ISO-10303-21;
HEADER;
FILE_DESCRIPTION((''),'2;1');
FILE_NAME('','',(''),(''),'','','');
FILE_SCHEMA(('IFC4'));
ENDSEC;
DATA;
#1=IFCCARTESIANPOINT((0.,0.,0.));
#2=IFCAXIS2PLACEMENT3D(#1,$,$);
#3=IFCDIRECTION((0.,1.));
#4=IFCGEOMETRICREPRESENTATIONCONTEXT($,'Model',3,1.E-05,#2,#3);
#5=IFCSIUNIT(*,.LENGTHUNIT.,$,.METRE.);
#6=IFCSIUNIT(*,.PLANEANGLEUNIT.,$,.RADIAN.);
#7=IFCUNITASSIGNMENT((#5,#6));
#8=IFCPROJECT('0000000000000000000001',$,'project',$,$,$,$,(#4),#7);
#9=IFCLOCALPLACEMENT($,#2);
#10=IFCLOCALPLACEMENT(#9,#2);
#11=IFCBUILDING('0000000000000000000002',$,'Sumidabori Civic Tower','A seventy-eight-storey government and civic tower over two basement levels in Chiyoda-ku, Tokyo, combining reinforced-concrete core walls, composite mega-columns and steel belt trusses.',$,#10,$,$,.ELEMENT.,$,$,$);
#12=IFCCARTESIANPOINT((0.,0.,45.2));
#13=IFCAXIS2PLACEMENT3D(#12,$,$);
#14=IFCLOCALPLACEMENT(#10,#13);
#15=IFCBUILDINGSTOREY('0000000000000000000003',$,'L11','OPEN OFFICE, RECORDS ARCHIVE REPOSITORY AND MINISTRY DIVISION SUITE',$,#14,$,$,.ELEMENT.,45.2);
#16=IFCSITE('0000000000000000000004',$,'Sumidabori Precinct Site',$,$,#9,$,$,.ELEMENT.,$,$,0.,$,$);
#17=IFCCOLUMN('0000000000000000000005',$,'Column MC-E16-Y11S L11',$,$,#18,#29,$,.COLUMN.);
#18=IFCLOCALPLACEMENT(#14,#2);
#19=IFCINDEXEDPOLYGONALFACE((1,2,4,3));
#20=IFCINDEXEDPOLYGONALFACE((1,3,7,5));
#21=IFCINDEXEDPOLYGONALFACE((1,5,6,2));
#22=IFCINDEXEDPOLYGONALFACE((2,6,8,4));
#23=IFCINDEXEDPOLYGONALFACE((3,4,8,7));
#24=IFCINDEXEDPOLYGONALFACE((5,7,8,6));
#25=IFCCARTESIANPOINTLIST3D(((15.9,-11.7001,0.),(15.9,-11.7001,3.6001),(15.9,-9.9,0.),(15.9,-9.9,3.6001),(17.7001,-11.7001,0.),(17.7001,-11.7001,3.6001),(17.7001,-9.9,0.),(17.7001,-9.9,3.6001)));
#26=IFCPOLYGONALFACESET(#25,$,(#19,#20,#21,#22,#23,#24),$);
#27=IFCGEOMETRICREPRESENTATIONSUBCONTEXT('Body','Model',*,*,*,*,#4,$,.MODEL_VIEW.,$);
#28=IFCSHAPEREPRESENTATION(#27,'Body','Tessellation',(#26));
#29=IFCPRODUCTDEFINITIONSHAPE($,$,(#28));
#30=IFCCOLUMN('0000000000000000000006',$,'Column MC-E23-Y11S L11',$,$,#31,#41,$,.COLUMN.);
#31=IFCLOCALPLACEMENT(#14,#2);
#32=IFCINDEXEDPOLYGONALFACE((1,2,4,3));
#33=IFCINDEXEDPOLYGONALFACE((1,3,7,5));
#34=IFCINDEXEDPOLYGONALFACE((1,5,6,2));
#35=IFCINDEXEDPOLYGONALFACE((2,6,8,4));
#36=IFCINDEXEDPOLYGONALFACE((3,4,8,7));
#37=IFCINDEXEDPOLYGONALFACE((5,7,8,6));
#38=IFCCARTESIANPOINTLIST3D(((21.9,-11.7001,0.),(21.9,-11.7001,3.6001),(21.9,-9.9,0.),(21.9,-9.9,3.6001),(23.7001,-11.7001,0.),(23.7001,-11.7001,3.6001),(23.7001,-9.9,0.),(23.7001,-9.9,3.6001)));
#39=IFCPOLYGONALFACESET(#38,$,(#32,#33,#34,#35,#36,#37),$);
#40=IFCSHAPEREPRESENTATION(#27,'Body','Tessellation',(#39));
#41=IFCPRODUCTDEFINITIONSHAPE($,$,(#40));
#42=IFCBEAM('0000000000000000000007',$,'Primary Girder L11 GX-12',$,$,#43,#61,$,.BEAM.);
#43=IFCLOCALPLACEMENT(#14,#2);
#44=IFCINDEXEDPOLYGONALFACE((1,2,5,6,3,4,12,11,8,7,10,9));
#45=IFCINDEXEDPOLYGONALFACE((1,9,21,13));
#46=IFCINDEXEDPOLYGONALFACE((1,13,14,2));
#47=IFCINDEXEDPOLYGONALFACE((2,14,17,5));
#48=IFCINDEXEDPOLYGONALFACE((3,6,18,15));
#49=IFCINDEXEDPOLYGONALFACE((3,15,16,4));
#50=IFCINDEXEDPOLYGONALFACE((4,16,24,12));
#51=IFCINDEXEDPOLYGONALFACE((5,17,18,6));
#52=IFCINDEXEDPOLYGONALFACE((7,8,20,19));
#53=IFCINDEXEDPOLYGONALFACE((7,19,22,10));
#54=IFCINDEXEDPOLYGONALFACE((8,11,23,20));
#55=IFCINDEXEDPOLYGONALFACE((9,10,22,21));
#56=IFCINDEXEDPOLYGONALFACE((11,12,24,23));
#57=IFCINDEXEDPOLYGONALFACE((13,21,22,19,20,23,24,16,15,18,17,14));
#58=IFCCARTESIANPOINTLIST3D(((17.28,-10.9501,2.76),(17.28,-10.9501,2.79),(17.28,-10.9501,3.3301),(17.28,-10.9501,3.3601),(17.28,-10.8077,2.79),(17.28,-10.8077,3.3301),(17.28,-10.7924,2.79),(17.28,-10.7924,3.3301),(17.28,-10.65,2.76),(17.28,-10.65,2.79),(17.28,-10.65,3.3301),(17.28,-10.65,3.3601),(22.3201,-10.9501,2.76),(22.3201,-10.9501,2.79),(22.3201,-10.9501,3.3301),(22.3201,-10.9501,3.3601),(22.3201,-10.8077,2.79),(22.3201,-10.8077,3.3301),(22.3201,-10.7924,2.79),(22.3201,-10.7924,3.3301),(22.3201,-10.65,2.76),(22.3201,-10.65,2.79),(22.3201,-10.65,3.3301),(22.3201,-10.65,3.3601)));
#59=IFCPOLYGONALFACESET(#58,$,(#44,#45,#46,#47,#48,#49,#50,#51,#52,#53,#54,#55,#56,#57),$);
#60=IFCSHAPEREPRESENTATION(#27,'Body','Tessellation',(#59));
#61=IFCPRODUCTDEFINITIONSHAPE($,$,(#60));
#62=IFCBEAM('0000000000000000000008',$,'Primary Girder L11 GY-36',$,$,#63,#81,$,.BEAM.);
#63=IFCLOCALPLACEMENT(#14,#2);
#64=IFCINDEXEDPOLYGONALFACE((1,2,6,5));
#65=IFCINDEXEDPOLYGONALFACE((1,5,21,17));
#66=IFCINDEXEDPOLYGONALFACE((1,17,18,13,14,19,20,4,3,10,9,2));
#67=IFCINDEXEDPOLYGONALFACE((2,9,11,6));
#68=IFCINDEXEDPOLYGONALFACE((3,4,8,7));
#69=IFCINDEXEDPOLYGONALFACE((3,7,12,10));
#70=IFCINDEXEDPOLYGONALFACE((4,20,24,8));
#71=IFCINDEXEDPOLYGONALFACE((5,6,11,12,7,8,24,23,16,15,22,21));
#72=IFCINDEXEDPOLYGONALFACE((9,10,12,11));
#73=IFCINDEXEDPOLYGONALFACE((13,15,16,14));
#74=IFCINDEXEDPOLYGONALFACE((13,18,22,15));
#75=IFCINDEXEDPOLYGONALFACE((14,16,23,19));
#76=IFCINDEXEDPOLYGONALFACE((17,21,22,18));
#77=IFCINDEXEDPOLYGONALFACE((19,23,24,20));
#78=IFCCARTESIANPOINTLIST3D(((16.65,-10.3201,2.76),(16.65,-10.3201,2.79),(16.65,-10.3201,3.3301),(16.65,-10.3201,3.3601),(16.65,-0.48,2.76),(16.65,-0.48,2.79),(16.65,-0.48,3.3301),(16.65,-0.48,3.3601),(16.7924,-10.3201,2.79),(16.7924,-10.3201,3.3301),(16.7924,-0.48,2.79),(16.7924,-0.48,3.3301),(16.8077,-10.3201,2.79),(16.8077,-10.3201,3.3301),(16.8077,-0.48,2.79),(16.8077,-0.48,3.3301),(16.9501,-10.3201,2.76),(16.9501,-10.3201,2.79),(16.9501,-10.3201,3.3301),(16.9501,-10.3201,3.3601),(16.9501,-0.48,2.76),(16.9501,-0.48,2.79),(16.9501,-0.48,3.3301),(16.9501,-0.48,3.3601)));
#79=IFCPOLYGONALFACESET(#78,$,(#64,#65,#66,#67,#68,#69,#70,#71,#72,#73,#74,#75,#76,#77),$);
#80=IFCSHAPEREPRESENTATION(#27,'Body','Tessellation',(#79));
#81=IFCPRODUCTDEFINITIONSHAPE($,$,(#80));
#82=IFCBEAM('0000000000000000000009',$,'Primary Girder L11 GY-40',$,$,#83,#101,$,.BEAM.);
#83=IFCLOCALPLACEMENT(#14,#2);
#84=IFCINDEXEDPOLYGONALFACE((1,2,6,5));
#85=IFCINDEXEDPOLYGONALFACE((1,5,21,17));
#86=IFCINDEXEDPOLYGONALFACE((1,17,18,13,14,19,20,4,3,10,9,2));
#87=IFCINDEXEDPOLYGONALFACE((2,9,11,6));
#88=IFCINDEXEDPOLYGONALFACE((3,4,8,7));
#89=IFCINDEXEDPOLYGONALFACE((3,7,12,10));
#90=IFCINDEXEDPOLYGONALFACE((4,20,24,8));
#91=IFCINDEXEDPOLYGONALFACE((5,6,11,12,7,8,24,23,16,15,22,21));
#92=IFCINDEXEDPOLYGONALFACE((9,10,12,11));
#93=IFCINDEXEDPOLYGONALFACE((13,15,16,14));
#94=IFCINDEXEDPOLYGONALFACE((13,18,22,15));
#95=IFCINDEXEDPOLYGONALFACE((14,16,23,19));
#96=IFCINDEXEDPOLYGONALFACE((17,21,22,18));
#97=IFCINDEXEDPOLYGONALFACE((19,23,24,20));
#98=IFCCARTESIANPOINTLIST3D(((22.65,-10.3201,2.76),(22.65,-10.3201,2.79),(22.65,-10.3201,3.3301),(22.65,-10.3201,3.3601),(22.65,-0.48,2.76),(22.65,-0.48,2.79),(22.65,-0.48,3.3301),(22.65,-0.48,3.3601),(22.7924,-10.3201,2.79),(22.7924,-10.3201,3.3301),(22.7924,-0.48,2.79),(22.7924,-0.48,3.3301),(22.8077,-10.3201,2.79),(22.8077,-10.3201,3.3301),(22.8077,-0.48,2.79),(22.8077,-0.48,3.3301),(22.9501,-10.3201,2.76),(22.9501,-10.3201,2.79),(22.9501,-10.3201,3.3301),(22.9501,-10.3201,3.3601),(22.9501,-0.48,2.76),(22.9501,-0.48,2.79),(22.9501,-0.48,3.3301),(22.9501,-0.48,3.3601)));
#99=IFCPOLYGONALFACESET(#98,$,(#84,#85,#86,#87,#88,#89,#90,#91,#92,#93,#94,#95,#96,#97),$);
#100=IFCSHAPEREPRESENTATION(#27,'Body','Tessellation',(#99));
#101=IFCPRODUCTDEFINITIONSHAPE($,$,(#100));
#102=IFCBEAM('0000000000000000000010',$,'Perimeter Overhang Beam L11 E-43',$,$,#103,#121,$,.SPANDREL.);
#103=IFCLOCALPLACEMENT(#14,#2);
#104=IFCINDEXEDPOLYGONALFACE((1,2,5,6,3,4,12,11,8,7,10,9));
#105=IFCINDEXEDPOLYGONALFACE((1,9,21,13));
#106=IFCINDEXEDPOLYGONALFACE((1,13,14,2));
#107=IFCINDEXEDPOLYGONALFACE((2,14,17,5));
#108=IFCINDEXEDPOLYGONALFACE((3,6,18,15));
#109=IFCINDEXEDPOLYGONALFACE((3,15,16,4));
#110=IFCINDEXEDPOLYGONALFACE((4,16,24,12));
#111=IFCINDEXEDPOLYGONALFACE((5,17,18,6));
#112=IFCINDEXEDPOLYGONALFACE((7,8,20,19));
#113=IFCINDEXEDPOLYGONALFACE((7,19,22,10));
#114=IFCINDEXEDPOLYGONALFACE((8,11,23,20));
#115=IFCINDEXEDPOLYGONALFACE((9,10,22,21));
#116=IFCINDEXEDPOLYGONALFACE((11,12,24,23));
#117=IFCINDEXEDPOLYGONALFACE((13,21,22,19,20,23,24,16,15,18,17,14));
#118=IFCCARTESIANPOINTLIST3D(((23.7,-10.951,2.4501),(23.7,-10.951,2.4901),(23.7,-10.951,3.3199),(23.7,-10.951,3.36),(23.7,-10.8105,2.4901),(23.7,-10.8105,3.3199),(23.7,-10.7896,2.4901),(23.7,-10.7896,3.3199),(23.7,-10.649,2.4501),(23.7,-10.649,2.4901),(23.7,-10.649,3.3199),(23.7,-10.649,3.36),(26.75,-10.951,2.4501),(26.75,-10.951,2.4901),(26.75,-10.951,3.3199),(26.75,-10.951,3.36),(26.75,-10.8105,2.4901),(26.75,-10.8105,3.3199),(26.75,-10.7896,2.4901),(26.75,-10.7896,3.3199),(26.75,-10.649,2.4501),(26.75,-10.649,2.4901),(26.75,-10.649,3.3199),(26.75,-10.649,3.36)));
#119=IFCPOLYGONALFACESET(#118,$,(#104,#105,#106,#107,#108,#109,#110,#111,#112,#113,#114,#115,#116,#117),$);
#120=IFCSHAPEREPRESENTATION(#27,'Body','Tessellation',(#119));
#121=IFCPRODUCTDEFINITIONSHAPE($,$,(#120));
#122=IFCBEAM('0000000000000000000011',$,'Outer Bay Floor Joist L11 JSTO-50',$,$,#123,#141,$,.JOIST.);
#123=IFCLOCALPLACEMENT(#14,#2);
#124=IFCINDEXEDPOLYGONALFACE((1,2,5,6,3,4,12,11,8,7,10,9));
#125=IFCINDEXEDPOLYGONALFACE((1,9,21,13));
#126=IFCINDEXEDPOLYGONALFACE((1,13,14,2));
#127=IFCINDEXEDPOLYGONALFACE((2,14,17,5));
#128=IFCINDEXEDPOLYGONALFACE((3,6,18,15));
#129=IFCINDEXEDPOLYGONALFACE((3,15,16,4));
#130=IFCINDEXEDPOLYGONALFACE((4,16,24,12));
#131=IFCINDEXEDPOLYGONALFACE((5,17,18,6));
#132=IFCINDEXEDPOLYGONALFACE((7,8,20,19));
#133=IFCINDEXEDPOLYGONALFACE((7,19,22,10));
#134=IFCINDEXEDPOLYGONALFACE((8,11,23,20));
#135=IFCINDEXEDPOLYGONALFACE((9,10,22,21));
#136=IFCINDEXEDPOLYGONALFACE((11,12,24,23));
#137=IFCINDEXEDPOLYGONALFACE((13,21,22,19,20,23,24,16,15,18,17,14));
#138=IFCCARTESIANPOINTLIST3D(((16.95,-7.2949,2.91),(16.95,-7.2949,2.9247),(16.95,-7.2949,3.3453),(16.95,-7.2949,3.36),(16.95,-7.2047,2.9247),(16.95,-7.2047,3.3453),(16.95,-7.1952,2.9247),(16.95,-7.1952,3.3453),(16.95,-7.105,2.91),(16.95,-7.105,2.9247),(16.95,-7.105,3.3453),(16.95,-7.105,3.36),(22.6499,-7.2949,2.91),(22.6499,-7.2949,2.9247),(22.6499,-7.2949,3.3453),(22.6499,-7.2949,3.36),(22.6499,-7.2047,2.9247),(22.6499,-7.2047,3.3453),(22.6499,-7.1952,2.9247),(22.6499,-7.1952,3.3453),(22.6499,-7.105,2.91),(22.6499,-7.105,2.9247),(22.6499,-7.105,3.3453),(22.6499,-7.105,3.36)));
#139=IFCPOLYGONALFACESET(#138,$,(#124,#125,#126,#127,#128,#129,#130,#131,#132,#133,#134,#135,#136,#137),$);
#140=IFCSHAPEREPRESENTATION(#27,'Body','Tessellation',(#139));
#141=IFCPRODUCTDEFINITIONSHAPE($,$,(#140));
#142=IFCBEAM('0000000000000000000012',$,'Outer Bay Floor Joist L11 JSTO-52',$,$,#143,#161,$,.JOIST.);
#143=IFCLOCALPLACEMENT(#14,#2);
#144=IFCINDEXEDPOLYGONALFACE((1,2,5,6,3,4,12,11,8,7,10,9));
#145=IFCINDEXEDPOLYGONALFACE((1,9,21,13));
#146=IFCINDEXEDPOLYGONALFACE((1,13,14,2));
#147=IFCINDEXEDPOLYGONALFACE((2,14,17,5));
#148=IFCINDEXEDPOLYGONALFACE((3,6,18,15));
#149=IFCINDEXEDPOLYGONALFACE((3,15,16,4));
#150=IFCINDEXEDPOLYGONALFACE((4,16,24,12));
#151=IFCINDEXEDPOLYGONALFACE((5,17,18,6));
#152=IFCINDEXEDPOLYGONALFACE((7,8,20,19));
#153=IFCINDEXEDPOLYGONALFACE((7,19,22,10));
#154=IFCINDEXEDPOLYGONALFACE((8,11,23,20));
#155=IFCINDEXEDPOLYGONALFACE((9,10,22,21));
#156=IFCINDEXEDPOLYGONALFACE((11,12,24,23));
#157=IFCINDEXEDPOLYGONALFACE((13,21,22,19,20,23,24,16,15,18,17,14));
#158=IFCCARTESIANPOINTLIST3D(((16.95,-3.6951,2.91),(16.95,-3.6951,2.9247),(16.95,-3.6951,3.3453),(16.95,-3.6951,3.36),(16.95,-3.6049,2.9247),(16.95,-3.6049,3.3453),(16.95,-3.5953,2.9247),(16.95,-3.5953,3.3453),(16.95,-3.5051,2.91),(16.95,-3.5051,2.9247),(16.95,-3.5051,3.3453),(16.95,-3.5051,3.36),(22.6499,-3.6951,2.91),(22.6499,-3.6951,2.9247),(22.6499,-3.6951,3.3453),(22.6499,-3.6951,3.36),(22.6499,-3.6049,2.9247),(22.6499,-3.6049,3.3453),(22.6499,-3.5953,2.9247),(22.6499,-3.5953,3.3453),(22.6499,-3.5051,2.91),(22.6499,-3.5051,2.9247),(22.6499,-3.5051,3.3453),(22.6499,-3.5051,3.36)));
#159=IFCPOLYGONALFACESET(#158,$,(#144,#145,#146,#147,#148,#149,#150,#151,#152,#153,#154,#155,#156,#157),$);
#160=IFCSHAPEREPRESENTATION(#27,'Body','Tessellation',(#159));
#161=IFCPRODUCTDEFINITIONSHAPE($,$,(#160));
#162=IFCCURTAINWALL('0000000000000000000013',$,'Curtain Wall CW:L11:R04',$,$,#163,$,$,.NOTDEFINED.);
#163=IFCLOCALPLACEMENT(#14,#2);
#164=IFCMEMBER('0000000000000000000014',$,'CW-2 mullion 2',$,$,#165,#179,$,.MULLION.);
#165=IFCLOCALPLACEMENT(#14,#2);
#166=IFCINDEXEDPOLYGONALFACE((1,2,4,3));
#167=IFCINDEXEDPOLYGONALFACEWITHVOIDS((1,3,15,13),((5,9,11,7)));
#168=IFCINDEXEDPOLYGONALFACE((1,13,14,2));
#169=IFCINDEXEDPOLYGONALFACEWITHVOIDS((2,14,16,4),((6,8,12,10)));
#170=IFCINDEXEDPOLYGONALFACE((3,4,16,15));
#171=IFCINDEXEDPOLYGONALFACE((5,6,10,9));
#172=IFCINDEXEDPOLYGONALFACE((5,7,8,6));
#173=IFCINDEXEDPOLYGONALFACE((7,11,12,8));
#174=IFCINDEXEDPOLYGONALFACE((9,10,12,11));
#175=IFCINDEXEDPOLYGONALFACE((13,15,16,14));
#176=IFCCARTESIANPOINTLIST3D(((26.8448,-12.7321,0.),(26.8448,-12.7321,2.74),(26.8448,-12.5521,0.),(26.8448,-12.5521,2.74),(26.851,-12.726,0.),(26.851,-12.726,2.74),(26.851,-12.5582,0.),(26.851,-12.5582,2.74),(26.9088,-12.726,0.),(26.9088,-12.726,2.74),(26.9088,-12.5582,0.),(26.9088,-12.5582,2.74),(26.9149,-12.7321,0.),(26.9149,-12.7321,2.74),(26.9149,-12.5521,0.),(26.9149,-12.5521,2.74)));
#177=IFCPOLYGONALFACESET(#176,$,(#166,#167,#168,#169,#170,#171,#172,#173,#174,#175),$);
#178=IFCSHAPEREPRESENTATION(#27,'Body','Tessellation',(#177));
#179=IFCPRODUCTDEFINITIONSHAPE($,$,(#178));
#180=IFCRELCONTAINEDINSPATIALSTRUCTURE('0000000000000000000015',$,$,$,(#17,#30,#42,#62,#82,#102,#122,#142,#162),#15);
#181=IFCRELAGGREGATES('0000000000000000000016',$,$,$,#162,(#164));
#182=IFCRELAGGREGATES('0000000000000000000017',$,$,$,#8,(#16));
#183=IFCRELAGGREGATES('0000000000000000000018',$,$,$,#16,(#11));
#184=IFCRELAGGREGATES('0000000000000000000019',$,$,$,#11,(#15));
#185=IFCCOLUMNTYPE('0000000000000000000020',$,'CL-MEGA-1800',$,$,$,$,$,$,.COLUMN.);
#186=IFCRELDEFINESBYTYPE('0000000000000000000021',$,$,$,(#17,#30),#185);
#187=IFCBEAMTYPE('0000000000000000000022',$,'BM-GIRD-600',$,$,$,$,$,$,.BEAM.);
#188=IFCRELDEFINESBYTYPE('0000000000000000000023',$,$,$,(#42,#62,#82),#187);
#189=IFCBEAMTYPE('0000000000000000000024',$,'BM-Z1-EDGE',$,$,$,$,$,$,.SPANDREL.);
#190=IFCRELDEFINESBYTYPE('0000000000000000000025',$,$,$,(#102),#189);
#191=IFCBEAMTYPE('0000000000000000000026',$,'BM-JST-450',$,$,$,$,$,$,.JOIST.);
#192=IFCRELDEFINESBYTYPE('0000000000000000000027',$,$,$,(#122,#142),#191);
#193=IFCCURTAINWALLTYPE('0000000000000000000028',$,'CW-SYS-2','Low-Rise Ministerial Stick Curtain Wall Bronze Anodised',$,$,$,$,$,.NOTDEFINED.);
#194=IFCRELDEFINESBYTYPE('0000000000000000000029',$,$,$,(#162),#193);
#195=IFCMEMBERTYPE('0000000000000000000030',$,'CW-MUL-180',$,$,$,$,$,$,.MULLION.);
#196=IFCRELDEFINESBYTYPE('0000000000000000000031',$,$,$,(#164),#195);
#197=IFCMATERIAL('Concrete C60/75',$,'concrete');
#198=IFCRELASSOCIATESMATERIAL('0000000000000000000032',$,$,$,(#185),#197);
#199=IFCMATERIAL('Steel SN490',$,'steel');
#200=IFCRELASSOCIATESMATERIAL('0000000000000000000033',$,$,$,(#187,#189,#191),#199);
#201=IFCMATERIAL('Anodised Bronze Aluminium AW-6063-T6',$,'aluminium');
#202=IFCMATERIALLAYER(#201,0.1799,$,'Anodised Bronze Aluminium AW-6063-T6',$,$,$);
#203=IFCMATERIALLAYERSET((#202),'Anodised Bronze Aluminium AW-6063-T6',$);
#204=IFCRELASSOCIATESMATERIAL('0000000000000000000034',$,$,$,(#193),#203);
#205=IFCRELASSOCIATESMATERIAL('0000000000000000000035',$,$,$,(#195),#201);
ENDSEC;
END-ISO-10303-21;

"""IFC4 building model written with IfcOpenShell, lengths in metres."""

from ifc_helpers import new_model, si_unit, direction, frame, origin, origin_2d, place, context, subcontext, project, spatial, rectangle, hollow_rectangle, i_section, extrude, source, transform, mapped, material, layer, layer_set, material_profile, profile_set, type_object, element, aggregate, save


model = new_model("IFC4")

# Units and contexts
model_context = context("Model", 3, precision=1e-05, world=origin(), true_north=direction((0.0, 1.0)))
body_context = subcontext(model_context, "Body", "Model", "MODEL_VIEW")
ifc_project = project(units=[si_unit("LENGTHUNIT", "METRE"), si_unit("PLANEANGLEUNIT", "RADIAN")], contexts=[model_context])

# Site, building, storey
site_placement = place(None, origin())
site = spatial("IfcSite", under=ifc_project, at=site_placement, Name="Sumidabori Precinct Site", CompositionType="ELEMENT", RefElevation=0.0)
building_placement = place(site_placement, origin())
building = spatial("IfcBuilding", under=site, at=building_placement, Name="Sumidabori Civic Tower", Description="A seventy-eight-storey government and civic tower over two basement levels in Chiyoda-ku, Tokyo, combining reinforced-concrete core walls, composite mega-columns and steel belt trusses.", CompositionType="ELEMENT")
storey_placement = place(building_placement, frame((0.0, 0.0, 45.2)))
storey = spatial("IfcBuildingStorey", under=building, at=storey_placement, Name="L11", Description="OPEN OFFICE, RECORDS ARCHIVE REPOSITORY AND MINISTRY DIVISION SUITE", CompositionType="ELEMENT", Elevation=45.2)

# Columns
ifc_material_1 = material(Name="Concrete C60/75", Category="concrete")
ifc_material_profile_1 = material_profile(ifc_material_1, rectangle(XDim=1.8, YDim=1.8, at=origin_2d()), Name="RC 1800x1800")
ifc_profile_set_1 = profile_set([ifc_material_profile_1], Name="Concrete C60/75")
column_type = type_object("IfcColumnType", Name="CL-MEGA-1800", PredefinedType="COLUMN", material=ifc_profile_set_1)
shared_shape_1 = source(origin(), body_context, "Body", "SweptSolid", [
    extrude(rectangle(XDim=1.8, YDim=1.8, at=origin_2d()), origin(), (0.0, 0.0, 1.0), 3.6001),
])
for number, where, z_axis, x_axis, name in (
    (1, (16.8, -10.8, 0.0), (0.0, 0.0, 1.0), (1.0, 0.0, 0.0), "Column MC-E16-Y11S L11"),
    (2, (22.8, -10.8, 0.0), (0.0, 0.0, 1.0), (1.0, 0.0, 0.0), "Column MC-E23-Y11S L11"),
):
    element("IfcColumn", number, at=place(storey_placement, frame(where, z_axis=z_axis, x_axis=x_axis)), inside=storey, type_object=column_type, Name=name, PredefinedType="COLUMN", context=body_context, shape_type="MappedRepresentation", body=[
        mapped(shared_shape_1, transform((0.0, 0.0, 0.0), x_axis=(1.0, 0.0, 0.0), y_axis=(0.0, 1.0, 0.0), z_axis=(0.0, 0.0, 1.0), scale=1.0)),
    ])

# Beams
ifc_material_2 = material(Name="Steel SN490", Category="steel")
ifc_material_profile_2 = material_profile(ifc_material_2, i_section(OverallWidth=0.3, OverallDepth=0.6001, WebThickness=0.0154, FlangeThickness=0.03, at=origin_2d()), Name="HE 600 B")
ifc_profile_set_2 = profile_set([ifc_material_profile_2], Name="Steel SN490")
beam_type_1 = type_object("IfcBeamType", Name="BM-GIRD-600", PredefinedType="BEAM", material=ifc_profile_set_2)
shared_shape_2 = source(origin(), body_context, "Body", "SweptSolid", [
    extrude(i_section(OverallWidth=0.3, OverallDepth=0.6001, WebThickness=0.0154, FlangeThickness=0.03, at=origin_2d()), origin(), (0.0, 0.0, 1.0), 5.04),
])
beam_1_placement = place(storey_placement, frame((17.28, -10.8, 3.0601), z_axis=(1.0, 0.0, 0.0), x_axis=(0.0, 1.0, 0.0)))
element("IfcBeam", 3, at=beam_1_placement, inside=storey, type_object=beam_type_1, Name="Primary Girder L11 GX-12", PredefinedType="BEAM", context=body_context, shape_type="MappedRepresentation", body=[
    mapped(shared_shape_2, transform((0.0, 0.0, 0.0), x_axis=(1.0, 0.0, 0.0), y_axis=(0.0, 1.0, 0.0), z_axis=(0.0, 0.0, 1.0), scale=1.0)),
])
shared_shape_3 = source(origin(), body_context, "Body", "SweptSolid", [
    extrude(i_section(OverallWidth=0.3, OverallDepth=0.6001, WebThickness=0.0154, FlangeThickness=0.03, at=origin_2d()), origin(), (0.0, 0.0, 1.0), 9.8401),
])
for number, where, z_axis, x_axis, name in (
    (4, (16.8, -10.3201, 3.0601), (0.0, 1.0, 0.0), (-1.0, 0.0, 0.0), "Primary Girder L11 GY-36"),
    (5, (22.8, -10.3201, 3.0601), (0.0, 1.0, 0.0), (-1.0, 0.0, 0.0), "Primary Girder L11 GY-40"),
):
    element("IfcBeam", number, at=place(storey_placement, frame(where, z_axis=z_axis, x_axis=x_axis)), inside=storey, type_object=beam_type_1, Name=name, PredefinedType="BEAM", context=body_context, shape_type="MappedRepresentation", body=[
        mapped(shared_shape_3, transform((0.0, 0.0, 0.0), x_axis=(1.0, 0.0, 0.0), y_axis=(0.0, 1.0, 0.0), z_axis=(0.0, 0.0, 1.0), scale=1.0)),
    ])
ifc_material_profile_3 = material_profile(ifc_material_2, i_section(OverallWidth=0.302, OverallDepth=0.9099, WebThickness=0.021, FlangeThickness=0.04, at=origin_2d()), Name="HE 900 M")
ifc_profile_set_3 = profile_set([ifc_material_profile_3], Name="Steel SN490")
beam_type_2 = type_object("IfcBeamType", Name="BM-Z1-EDGE", PredefinedType="SPANDREL", material=ifc_profile_set_3)
shared_shape_4 = source(origin(), body_context, "Body", "SweptSolid", [
    extrude(i_section(OverallWidth=0.302, OverallDepth=0.9099, WebThickness=0.021, FlangeThickness=0.04, at=origin_2d()), origin(), (0.0, 0.0, 1.0), 3.05),
])
beam_2_placement = place(storey_placement, frame((23.7, -10.8, 2.905), z_axis=(1.0, 0.0, 0.0), x_axis=(0.0, 1.0, 0.0)))
element("IfcBeam", 6, at=beam_2_placement, inside=storey, type_object=beam_type_2, Name="Perimeter Overhang Beam L11 E-43", PredefinedType="SPANDREL", context=body_context, shape_type="MappedRepresentation", body=[
    mapped(shared_shape_4, transform((0.0, 0.0, 0.0), x_axis=(1.0, 0.0, 0.0), y_axis=(0.0, 1.0, 0.0), z_axis=(0.0, 0.0, 1.0), scale=1.0)),
])
ifc_material_profile_4 = material_profile(ifc_material_2, i_section(OverallWidth=0.1899, OverallDepth=0.45, WebThickness=0.0095, FlangeThickness=0.0146, at=origin_2d()), Name="IPE 450")
ifc_profile_set_4 = profile_set([ifc_material_profile_4], Name="Steel SN490")
beam_type_3 = type_object("IfcBeamType", Name="BM-JST-450", PredefinedType="JOIST", material=ifc_profile_set_4)
shared_shape_5 = source(origin(), body_context, "Body", "SweptSolid", [
    extrude(i_section(OverallWidth=0.1899, OverallDepth=0.45, WebThickness=0.0095, FlangeThickness=0.0146, at=origin_2d()), origin(), (0.0, 0.0, 1.0), 5.7),
])
for number, where, z_axis, x_axis, name in (
    (7, (16.95, -7.2, 3.135), (1.0, 0.0, 0.0), (0.0, 1.0, 0.0), "Outer Bay Floor Joist L11 JSTO-50"),
    (8, (16.95, -3.6001, 3.135), (1.0, 0.0, 0.0), (0.0, 1.0, 0.0), "Outer Bay Floor Joist L11 JSTO-52"),
):
    element("IfcBeam", number, at=place(storey_placement, frame(where, z_axis=z_axis, x_axis=x_axis)), inside=storey, type_object=beam_type_3, Name=name, PredefinedType="JOIST", context=body_context, shape_type="MappedRepresentation", body=[
        mapped(shared_shape_5, transform((0.0, 0.0, 0.0), x_axis=(1.0, 0.0, 0.0), y_axis=(0.0, 1.0, 0.0), z_axis=(0.0, 0.0, 1.0), scale=1.0)),
    ])

# Curtain wall, member
ifc_material_3 = material(Name="Anodised Bronze Aluminium AW-6063-T6", Category="aluminium")
ifc_layer_1 = layer(ifc_material_3, 0.1799, Name="Anodised Bronze Aluminium AW-6063-T6")
ifc_layer_set_1 = layer_set([ifc_layer_1], Name="Anodised Bronze Aluminium AW-6063-T6")
curtain_wall_type = type_object("IfcCurtainWallType", Name="CW-SYS-2", Description="Low-Rise Ministerial Stick Curtain Wall Bronze Anodised", PredefinedType="NOTDEFINED", material=ifc_layer_set_1)
curtain_wall_placement = place(storey_placement, origin())
curtain_wall = element("IfcCurtainWall", 9, at=curtain_wall_placement, inside=storey, type_object=curtain_wall_type, Name="Curtain Wall CW:L11:R04", PredefinedType="NOTDEFINED")
ifc_material_profile_5 = material_profile(ifc_material_3, hollow_rectangle(XDim=0.0701, YDim=0.1799, WallThickness=0.0061, at=origin_2d()), Name="ALU MULLION 180x70")
ifc_profile_set_5 = profile_set([ifc_material_profile_5], Name="Anodised Bronze Aluminium AW-6063-T6")
member_type_1 = type_object("IfcMemberType", Name="CW-MUL-180", PredefinedType="MULLION", material=ifc_profile_set_5)
shared_shape_6 = source(origin(), body_context, "Body", "SweptSolid", [
    extrude(hollow_rectangle(XDim=0.0701, YDim=0.1799, WallThickness=0.0061, at=origin_2d()), origin(), (0.0, 0.0, 1.0), 2.74),
])
member_1_placement = place(storey_placement, frame((26.8799, -12.6421, 0.0), z_axis=(0.0, 0.0, 1.0), x_axis=(-1.0, 0.0, 0.0)))
member_1 = element("IfcMember", 10, at=member_1_placement, type_object=member_type_1, Name="CW-2 mullion 2", PredefinedType="MULLION", context=body_context, shape_type="MappedRepresentation", body=[
    mapped(shared_shape_6, transform((0.0, 0.0, 0.0), x_axis=(1.0, 0.0, 0.0), y_axis=(0.0, 1.0, 0.0), z_axis=(0.0, 0.0, 1.0), scale=1.0)),
])
aggregate(curtain_wall, [member_1])

save(model, "model.ifc")
